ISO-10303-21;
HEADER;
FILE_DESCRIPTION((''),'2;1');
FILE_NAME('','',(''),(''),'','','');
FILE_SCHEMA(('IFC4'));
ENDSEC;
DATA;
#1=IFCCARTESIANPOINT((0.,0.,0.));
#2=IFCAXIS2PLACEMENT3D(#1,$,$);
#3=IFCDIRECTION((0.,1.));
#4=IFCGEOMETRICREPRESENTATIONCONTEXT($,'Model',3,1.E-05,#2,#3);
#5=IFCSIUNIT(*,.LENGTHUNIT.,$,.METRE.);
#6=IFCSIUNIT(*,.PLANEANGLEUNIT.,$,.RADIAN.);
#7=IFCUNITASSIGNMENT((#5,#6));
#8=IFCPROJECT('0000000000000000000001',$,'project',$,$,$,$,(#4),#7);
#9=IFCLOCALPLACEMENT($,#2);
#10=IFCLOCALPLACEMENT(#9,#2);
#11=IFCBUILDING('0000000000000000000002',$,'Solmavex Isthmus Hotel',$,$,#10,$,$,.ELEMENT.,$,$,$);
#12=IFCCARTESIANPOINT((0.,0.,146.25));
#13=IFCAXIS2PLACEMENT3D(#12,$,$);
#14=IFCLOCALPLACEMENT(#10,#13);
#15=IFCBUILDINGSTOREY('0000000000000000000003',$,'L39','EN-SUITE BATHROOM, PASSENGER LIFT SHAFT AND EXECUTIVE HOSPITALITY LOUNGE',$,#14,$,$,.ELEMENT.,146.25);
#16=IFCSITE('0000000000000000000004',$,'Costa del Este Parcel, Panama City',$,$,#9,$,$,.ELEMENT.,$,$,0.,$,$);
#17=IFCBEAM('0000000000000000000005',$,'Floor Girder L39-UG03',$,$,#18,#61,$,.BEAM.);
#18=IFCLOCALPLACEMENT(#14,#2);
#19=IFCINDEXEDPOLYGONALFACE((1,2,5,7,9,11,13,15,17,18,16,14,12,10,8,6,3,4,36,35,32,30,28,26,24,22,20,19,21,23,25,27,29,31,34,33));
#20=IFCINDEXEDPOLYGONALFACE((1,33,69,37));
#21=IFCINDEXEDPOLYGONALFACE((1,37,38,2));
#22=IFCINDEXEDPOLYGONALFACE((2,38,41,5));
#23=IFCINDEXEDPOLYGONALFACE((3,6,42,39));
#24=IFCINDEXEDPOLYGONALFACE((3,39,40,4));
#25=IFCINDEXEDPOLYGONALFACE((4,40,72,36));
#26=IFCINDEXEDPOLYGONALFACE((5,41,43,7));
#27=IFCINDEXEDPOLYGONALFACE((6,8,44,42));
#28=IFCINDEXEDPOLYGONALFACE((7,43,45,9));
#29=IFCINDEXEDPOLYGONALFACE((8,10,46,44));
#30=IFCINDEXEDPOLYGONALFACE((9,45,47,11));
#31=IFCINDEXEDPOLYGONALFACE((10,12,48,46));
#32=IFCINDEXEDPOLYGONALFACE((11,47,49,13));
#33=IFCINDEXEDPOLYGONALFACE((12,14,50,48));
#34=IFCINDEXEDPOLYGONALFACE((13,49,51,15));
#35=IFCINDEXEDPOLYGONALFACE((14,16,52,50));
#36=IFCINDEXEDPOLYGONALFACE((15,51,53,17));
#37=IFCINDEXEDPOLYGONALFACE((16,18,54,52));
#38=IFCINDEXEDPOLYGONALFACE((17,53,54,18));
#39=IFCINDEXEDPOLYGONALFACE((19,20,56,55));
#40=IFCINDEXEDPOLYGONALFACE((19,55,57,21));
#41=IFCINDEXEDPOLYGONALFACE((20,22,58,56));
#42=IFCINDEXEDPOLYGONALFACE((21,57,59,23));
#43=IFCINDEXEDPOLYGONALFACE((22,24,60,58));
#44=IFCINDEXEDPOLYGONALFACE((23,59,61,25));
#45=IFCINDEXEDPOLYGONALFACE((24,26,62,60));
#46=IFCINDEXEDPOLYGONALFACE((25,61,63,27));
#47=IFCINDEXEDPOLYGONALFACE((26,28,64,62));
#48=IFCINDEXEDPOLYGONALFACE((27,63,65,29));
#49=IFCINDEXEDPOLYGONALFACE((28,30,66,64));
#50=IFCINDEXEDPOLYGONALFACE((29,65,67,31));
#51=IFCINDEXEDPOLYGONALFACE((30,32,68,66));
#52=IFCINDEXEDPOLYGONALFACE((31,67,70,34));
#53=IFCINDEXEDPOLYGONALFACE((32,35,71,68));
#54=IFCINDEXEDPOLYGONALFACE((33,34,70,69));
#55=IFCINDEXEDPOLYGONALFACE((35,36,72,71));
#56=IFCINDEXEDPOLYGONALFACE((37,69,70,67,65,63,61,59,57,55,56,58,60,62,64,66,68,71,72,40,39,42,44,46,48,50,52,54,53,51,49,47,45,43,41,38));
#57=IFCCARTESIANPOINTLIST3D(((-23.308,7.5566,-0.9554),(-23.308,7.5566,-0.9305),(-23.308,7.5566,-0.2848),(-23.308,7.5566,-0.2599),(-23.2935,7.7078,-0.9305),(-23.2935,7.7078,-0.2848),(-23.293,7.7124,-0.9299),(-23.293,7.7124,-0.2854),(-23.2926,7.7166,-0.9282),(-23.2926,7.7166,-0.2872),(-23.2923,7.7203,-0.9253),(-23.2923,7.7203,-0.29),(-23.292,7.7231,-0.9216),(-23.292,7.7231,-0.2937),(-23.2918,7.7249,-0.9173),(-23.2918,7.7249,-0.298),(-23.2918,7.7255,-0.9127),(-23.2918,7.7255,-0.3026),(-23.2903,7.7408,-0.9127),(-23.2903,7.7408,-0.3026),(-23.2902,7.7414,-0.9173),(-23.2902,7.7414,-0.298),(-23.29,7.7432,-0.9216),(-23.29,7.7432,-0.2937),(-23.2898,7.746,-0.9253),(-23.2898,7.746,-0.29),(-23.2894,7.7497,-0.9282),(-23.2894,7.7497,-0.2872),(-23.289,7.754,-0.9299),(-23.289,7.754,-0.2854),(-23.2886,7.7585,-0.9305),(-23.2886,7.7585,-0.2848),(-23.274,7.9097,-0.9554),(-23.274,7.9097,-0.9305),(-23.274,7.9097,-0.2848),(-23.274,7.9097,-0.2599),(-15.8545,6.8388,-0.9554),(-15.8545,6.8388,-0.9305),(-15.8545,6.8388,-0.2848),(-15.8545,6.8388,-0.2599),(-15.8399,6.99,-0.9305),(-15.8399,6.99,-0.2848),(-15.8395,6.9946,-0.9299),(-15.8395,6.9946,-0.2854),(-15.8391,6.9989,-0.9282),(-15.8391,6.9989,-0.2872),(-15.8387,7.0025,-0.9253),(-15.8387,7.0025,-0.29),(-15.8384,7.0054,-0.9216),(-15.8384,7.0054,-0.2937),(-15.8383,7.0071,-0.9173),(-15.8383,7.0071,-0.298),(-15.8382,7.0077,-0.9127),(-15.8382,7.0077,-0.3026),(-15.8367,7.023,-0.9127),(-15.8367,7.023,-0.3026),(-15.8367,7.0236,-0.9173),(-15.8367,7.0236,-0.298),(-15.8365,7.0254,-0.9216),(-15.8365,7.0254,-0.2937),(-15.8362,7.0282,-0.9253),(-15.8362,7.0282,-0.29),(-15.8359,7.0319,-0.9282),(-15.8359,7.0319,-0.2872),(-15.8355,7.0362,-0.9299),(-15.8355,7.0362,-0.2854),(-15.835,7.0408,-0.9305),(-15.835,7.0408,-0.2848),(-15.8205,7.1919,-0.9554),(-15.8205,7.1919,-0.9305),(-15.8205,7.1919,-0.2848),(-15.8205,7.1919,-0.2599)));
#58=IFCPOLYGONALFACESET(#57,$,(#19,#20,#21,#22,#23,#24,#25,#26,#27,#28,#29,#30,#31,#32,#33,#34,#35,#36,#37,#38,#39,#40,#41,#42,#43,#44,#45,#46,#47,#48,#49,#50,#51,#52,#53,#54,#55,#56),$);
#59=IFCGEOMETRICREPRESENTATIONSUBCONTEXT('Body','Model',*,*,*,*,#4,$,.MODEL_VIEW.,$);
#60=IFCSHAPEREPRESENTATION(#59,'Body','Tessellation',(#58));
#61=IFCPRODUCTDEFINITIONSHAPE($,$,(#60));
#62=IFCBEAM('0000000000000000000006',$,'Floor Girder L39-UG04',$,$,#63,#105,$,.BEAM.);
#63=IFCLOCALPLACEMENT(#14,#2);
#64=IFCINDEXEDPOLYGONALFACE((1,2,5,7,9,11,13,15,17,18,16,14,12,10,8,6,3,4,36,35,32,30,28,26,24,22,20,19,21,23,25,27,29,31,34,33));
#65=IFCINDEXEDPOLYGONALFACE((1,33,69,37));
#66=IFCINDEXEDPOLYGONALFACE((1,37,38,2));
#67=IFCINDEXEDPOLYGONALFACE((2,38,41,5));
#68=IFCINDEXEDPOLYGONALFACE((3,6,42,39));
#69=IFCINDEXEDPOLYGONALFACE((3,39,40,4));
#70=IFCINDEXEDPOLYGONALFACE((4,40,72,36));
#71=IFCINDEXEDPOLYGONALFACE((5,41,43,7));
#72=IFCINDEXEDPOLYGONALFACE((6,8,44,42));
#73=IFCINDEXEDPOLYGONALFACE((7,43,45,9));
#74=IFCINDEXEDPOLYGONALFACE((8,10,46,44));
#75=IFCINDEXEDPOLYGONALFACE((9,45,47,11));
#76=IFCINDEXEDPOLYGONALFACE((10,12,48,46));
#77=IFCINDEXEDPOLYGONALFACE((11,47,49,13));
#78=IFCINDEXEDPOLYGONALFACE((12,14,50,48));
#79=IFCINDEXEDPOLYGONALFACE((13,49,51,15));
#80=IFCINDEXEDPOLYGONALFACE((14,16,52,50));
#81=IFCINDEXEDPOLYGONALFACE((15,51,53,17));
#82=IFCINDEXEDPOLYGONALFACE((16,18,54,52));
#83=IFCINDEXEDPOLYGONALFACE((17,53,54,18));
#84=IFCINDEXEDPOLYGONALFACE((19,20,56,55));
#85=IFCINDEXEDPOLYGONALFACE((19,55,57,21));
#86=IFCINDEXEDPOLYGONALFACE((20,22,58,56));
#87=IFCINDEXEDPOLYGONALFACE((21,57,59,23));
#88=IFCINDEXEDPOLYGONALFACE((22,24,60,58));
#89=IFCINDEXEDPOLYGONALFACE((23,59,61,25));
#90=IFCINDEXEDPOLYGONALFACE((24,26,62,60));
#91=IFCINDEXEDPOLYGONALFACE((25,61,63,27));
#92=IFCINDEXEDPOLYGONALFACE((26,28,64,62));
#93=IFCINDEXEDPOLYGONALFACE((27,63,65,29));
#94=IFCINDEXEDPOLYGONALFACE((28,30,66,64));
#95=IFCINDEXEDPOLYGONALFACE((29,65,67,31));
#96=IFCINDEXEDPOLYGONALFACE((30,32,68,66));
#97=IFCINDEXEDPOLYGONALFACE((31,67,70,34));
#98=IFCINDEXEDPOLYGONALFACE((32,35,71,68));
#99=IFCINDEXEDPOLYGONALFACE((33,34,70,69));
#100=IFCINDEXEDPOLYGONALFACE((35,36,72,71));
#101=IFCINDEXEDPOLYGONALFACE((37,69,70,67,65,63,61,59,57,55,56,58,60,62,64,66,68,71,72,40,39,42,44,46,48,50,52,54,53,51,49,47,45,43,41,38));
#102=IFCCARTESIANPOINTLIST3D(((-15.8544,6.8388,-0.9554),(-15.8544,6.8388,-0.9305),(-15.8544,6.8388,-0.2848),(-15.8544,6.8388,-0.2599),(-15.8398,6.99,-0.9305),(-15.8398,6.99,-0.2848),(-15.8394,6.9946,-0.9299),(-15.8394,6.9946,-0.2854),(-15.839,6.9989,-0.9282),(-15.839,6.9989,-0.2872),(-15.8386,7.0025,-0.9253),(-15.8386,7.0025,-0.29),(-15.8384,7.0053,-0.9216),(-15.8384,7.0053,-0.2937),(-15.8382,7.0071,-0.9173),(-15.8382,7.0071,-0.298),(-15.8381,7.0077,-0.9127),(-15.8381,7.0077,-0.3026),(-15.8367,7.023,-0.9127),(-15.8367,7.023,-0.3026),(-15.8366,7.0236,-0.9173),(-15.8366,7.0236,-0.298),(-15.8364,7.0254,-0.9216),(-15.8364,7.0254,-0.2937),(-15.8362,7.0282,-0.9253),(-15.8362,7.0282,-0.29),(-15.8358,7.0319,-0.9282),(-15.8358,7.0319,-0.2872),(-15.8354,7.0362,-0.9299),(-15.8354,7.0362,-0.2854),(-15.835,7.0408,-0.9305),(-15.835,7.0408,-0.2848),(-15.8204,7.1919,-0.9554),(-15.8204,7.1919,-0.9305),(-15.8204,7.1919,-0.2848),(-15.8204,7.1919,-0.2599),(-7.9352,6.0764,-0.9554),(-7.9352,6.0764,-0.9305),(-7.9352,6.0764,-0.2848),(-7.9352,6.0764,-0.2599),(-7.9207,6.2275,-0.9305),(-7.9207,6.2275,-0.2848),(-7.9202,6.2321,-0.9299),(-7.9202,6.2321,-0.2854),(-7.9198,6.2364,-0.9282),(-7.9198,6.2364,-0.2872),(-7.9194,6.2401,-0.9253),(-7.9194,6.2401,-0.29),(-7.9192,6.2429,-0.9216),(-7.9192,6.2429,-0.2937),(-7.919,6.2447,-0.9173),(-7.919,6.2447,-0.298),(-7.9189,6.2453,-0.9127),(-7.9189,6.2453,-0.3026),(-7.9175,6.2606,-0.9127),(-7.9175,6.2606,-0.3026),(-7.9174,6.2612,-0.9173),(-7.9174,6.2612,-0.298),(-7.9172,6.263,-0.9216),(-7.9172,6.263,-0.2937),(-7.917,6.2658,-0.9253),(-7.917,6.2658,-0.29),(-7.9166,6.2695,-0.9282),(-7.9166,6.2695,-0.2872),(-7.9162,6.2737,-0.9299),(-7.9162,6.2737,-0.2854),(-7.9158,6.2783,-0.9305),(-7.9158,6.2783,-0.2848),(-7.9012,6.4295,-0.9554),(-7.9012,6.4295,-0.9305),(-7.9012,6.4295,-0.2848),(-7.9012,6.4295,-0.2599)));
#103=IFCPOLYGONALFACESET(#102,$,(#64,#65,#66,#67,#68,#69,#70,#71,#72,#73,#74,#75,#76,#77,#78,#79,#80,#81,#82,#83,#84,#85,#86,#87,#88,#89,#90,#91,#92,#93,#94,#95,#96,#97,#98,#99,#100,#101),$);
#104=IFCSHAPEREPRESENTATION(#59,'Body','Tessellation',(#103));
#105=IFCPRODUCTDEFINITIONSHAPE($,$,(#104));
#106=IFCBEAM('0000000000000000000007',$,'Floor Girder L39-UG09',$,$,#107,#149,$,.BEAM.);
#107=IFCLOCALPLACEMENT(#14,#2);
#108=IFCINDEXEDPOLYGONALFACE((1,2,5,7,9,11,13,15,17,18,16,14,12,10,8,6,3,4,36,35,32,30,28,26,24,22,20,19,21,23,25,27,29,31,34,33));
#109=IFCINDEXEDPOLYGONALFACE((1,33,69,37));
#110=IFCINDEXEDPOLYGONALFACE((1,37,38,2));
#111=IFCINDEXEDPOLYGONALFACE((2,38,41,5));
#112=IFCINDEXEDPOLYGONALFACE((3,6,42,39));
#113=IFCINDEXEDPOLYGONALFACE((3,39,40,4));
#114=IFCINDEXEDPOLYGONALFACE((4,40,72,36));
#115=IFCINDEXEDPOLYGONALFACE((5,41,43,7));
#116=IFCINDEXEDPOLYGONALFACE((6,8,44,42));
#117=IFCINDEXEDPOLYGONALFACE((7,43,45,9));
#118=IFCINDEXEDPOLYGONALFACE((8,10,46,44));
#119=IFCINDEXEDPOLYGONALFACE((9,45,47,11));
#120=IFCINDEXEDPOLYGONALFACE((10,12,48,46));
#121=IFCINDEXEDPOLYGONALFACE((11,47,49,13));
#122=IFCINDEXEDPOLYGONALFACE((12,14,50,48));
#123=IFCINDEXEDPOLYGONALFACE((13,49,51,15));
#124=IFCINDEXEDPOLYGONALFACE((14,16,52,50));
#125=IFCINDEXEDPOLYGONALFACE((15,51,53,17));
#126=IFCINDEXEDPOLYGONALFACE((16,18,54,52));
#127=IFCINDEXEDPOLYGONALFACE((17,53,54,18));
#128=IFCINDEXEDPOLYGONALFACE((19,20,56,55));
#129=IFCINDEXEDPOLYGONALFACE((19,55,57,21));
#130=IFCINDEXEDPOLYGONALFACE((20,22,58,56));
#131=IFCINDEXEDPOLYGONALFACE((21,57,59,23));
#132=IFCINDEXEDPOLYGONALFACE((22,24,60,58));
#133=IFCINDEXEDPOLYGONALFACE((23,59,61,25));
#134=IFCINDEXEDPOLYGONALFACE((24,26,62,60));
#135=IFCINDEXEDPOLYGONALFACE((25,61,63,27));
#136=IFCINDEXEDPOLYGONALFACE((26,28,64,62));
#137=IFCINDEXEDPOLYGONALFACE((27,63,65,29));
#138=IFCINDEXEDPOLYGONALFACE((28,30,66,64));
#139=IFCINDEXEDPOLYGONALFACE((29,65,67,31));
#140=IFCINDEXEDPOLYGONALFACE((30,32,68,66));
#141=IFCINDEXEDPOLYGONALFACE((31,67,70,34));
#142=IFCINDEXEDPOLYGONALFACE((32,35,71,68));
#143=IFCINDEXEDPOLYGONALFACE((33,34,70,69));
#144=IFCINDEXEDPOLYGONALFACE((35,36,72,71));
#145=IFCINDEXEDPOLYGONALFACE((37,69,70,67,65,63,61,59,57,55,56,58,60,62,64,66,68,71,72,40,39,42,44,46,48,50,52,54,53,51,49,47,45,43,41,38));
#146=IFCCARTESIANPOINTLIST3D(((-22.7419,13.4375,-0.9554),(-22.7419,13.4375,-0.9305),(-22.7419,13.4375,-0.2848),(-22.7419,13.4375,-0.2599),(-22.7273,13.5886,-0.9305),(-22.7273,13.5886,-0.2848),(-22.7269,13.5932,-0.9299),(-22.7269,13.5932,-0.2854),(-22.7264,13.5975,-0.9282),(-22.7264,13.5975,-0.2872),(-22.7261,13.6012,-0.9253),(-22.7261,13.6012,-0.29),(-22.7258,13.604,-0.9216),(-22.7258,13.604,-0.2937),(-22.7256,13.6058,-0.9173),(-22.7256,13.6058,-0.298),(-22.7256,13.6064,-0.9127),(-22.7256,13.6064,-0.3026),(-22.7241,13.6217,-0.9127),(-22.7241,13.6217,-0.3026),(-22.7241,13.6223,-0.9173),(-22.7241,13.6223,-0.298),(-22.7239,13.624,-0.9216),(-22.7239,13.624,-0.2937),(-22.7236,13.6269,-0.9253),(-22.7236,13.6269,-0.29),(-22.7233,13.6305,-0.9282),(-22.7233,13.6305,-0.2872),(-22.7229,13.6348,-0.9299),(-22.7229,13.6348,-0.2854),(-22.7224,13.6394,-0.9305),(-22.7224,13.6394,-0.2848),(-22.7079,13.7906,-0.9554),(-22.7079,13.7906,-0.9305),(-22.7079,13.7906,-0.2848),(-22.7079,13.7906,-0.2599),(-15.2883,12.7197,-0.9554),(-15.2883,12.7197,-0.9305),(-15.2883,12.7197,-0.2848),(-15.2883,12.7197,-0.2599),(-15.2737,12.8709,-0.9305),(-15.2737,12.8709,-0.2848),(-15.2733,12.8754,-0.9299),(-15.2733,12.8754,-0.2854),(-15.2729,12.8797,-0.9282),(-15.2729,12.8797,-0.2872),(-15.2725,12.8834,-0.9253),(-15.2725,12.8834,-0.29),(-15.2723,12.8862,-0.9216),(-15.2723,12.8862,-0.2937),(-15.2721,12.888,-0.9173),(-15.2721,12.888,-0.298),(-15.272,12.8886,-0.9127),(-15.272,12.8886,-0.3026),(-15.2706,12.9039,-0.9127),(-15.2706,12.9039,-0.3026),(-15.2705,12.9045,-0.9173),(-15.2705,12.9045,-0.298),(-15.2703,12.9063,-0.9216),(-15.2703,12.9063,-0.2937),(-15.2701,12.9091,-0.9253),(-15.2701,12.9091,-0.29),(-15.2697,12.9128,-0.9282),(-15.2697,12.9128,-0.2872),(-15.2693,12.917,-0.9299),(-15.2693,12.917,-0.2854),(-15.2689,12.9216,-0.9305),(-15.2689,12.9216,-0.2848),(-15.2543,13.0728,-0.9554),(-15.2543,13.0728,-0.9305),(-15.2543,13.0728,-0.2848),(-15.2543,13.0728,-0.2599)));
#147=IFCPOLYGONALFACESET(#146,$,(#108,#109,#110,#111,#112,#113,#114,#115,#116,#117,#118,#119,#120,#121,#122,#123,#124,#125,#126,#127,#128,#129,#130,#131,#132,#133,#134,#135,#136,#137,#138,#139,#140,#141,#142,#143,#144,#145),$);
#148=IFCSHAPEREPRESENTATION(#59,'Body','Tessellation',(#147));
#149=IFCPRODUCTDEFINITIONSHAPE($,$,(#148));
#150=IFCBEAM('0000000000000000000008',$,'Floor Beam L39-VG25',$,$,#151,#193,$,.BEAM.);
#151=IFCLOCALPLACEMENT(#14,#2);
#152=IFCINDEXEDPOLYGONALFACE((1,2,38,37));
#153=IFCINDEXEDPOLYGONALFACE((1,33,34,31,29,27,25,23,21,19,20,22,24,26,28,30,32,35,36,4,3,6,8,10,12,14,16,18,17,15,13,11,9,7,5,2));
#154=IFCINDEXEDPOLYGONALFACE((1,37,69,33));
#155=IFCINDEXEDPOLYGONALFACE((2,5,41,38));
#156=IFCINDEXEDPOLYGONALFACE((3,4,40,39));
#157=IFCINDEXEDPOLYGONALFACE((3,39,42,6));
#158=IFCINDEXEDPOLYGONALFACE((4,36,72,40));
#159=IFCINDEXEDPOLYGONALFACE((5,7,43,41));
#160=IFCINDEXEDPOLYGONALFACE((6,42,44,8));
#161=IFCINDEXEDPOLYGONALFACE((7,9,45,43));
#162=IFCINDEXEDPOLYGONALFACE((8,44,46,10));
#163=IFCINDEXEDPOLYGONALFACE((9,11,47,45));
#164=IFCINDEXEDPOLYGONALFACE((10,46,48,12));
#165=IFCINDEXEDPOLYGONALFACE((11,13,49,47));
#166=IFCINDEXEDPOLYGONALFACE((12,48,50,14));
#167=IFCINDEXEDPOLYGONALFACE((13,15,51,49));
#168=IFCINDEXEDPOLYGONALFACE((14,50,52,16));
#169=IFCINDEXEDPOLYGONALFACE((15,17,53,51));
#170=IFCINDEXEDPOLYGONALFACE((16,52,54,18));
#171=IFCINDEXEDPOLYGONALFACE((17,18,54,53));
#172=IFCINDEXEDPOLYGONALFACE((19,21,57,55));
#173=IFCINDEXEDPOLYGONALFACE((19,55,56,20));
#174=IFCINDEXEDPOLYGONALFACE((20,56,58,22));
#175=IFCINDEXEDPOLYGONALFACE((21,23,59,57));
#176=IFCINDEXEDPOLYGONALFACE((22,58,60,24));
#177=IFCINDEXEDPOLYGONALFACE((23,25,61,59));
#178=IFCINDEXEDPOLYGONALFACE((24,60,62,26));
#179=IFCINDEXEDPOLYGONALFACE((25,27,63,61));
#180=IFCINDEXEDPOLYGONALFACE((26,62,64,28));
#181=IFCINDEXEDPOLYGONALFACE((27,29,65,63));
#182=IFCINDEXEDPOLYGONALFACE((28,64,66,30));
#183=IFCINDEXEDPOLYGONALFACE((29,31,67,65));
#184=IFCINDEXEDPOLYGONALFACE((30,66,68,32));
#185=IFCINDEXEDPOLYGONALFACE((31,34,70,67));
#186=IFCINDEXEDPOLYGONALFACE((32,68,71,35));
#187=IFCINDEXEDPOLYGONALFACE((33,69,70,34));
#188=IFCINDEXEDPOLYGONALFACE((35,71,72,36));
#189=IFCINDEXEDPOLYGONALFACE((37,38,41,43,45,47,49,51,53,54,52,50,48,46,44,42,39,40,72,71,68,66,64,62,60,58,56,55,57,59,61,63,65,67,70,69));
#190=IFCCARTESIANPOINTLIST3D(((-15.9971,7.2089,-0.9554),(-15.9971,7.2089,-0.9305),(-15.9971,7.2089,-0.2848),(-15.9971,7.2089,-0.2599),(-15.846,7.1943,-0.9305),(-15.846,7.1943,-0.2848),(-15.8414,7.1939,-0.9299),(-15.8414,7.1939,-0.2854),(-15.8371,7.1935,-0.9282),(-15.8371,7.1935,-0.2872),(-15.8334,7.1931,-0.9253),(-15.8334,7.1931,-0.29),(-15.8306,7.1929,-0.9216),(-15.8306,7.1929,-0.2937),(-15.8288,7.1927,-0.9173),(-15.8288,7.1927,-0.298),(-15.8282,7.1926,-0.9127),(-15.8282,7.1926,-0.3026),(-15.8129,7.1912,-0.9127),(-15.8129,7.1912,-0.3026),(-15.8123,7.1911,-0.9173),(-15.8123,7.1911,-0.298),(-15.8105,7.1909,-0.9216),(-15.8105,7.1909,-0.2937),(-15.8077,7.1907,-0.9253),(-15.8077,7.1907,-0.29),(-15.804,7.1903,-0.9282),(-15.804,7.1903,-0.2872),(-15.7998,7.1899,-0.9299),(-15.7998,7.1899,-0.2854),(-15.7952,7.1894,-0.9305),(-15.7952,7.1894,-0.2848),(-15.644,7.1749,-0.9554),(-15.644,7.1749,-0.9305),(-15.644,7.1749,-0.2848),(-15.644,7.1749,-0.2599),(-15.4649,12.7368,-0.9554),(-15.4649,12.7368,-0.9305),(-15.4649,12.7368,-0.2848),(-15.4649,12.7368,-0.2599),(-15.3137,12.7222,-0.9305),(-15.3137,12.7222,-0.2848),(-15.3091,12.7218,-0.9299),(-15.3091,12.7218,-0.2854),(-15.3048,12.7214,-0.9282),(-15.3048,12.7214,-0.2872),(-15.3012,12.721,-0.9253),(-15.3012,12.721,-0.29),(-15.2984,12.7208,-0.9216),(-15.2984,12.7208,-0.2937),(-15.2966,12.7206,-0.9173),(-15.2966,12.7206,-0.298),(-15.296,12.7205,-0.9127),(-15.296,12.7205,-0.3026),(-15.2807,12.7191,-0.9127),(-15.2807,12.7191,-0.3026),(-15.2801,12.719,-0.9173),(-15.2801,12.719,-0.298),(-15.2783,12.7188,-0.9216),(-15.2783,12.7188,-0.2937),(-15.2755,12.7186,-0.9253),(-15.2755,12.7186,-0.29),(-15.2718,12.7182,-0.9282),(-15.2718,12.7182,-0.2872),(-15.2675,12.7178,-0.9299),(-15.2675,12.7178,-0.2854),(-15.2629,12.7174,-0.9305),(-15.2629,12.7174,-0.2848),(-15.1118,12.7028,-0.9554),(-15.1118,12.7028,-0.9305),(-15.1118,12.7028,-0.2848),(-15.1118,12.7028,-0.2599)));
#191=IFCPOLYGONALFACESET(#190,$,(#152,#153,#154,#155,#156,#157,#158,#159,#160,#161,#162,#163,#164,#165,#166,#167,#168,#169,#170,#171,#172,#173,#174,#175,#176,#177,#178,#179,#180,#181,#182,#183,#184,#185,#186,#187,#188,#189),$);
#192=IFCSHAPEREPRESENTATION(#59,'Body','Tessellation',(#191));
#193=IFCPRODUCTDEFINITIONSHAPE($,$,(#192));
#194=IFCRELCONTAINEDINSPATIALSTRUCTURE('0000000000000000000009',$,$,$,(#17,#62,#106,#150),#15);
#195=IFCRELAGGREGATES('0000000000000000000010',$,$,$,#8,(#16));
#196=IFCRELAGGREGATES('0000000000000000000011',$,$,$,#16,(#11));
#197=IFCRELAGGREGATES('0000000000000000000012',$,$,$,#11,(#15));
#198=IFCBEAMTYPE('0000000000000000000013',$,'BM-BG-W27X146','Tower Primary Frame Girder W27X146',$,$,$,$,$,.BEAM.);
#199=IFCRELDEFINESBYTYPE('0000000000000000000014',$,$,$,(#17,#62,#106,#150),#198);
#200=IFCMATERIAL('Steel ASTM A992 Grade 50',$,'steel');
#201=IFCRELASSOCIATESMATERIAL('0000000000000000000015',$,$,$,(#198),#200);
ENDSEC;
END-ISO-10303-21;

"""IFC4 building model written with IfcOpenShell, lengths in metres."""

from ifc_helpers import new_model, si_unit, direction, frame, origin, origin_2d, place, context, subcontext, project, spatial, i_section, extrude, material, material_profile, profile_set, type_object, element, save


model = new_model("IFC4")

# Units and contexts
model_context = context("Model", 3, precision=1e-05, world=origin(), true_north=direction((0.0, 1.0)))
body_context = subcontext(model_context, "Body", "Model", "MODEL_VIEW")
ifc_project = project(units=[si_unit("LENGTHUNIT", "METRE"), si_unit("PLANEANGLEUNIT", "RADIAN")], contexts=[model_context])

# Site, building, storey
site_placement = place(None, origin())
site = spatial("IfcSite", under=ifc_project, at=site_placement, Name="Costa del Este Parcel, Panama City", CompositionType="ELEMENT", RefElevation=0.0)
building_placement = place(site_placement, origin())
building = spatial("IfcBuilding", under=site, at=building_placement, Name="Solmavex Isthmus Hotel", CompositionType="ELEMENT")
storey_placement = place(building_placement, frame((0.0, 0.0, 146.25)))
storey = spatial("IfcBuildingStorey", under=building, at=storey_placement, Name="L39", Description="EN-SUITE BATHROOM, PASSENGER LIFT SHAFT AND EXECUTIVE HOSPITALITY LOUNGE", CompositionType="ELEMENT", Elevation=146.25)

# Beams
ifc_material_1 = material(Name="Steel ASTM A992 Grade 50", Category="steel")
ifc_material_profile_1 = material_profile(ifc_material_1, i_section(OverallWidth=0.3547, OverallDepth=0.6956, WebThickness=0.0154, FlangeThickness=0.0249, FilletRadius=0.0178, at=origin_2d()), Name="W27X146")
ifc_profile_set_1 = profile_set([ifc_material_profile_1], Name="Steel ASTM A992 Grade 50")
beam_type_1 = type_object("IfcBeamType", Name="BM-BG-W27X146", Description="Tower Primary Frame Girder W27X146", PredefinedType="BEAM", material=ifc_profile_set_1)
beam_1_placement = place(storey_placement, frame((-23.291, 7.7332, -0.6077), z_axis=(0.995395, -0.095855, 0.0), x_axis=(0.095855, 0.995395, 0.0)))
element("IfcBeam", 1, at=beam_1_placement, inside=storey, type_object=beam_type_1, Name="Floor Girder L39-UG03", PredefinedType="BEAM", context=body_context, shape_type="SweptSolid", body=[
    extrude(i_section(OverallWidth=0.3547, OverallDepth=0.6956, WebThickness=0.0154, FlangeThickness=0.0249, FilletRadius=0.0178, at=origin_2d()), origin(), (0.0, 0.0, 1.0), 7.488),
])
beam_2_placement = place(storey_placement, frame((-15.8374, 7.0154, -0.6077), z_axis=(0.995397, -0.095836, 0.0), x_axis=(0.095836, 0.995397, 0.0)))
element("IfcBeam", 2, at=beam_2_placement, inside=storey, type_object=beam_type_1, Name="Floor Girder L39-UG04", PredefinedType="BEAM", context=body_context, shape_type="SweptSolid", body=[
    extrude(i_section(OverallWidth=0.3547, OverallDepth=0.6956, WebThickness=0.0154, FlangeThickness=0.0249, FilletRadius=0.0178, at=origin_2d()), origin(), (0.0, 0.0, 1.0), 7.9558),
])
beam_3_placement = place(storey_placement, frame((-22.7249, 13.614, -0.6077), z_axis=(0.995395, -0.095855, 0.0), x_axis=(0.095855, 0.995395, 0.0)))
element("IfcBeam", 3, at=beam_3_placement, inside=storey, type_object=beam_type_1, Name="Floor Girder L39-UG09", PredefinedType="BEAM", context=body_context, shape_type="SweptSolid", body=[
    extrude(i_section(OverallWidth=0.3547, OverallDepth=0.6956, WebThickness=0.0154, FlangeThickness=0.0249, FilletRadius=0.0178, at=origin_2d()), origin(), (0.0, 0.0, 1.0), 7.488),
])
beam_4_placement = place(storey_placement, frame((-15.8206, 7.1919, -0.6077), z_axis=(0.095838, 0.995397, 0.0), x_axis=(-0.995397, 0.095838, 0.0)))
element("IfcBeam", 4, at=beam_4_placement, inside=storey, type_object=beam_type_1, Name="Floor Beam L39-VG25", PredefinedType="BEAM", context=body_context, shape_type="SweptSolid", body=[
    extrude(i_section(OverallWidth=0.3547, OverallDepth=0.6956, WebThickness=0.0154, FlangeThickness=0.0249, FilletRadius=0.0178, at=origin_2d()), origin(), (0.0, 0.0, 1.0), 5.5535),
])

save(model, "model.ifc")
